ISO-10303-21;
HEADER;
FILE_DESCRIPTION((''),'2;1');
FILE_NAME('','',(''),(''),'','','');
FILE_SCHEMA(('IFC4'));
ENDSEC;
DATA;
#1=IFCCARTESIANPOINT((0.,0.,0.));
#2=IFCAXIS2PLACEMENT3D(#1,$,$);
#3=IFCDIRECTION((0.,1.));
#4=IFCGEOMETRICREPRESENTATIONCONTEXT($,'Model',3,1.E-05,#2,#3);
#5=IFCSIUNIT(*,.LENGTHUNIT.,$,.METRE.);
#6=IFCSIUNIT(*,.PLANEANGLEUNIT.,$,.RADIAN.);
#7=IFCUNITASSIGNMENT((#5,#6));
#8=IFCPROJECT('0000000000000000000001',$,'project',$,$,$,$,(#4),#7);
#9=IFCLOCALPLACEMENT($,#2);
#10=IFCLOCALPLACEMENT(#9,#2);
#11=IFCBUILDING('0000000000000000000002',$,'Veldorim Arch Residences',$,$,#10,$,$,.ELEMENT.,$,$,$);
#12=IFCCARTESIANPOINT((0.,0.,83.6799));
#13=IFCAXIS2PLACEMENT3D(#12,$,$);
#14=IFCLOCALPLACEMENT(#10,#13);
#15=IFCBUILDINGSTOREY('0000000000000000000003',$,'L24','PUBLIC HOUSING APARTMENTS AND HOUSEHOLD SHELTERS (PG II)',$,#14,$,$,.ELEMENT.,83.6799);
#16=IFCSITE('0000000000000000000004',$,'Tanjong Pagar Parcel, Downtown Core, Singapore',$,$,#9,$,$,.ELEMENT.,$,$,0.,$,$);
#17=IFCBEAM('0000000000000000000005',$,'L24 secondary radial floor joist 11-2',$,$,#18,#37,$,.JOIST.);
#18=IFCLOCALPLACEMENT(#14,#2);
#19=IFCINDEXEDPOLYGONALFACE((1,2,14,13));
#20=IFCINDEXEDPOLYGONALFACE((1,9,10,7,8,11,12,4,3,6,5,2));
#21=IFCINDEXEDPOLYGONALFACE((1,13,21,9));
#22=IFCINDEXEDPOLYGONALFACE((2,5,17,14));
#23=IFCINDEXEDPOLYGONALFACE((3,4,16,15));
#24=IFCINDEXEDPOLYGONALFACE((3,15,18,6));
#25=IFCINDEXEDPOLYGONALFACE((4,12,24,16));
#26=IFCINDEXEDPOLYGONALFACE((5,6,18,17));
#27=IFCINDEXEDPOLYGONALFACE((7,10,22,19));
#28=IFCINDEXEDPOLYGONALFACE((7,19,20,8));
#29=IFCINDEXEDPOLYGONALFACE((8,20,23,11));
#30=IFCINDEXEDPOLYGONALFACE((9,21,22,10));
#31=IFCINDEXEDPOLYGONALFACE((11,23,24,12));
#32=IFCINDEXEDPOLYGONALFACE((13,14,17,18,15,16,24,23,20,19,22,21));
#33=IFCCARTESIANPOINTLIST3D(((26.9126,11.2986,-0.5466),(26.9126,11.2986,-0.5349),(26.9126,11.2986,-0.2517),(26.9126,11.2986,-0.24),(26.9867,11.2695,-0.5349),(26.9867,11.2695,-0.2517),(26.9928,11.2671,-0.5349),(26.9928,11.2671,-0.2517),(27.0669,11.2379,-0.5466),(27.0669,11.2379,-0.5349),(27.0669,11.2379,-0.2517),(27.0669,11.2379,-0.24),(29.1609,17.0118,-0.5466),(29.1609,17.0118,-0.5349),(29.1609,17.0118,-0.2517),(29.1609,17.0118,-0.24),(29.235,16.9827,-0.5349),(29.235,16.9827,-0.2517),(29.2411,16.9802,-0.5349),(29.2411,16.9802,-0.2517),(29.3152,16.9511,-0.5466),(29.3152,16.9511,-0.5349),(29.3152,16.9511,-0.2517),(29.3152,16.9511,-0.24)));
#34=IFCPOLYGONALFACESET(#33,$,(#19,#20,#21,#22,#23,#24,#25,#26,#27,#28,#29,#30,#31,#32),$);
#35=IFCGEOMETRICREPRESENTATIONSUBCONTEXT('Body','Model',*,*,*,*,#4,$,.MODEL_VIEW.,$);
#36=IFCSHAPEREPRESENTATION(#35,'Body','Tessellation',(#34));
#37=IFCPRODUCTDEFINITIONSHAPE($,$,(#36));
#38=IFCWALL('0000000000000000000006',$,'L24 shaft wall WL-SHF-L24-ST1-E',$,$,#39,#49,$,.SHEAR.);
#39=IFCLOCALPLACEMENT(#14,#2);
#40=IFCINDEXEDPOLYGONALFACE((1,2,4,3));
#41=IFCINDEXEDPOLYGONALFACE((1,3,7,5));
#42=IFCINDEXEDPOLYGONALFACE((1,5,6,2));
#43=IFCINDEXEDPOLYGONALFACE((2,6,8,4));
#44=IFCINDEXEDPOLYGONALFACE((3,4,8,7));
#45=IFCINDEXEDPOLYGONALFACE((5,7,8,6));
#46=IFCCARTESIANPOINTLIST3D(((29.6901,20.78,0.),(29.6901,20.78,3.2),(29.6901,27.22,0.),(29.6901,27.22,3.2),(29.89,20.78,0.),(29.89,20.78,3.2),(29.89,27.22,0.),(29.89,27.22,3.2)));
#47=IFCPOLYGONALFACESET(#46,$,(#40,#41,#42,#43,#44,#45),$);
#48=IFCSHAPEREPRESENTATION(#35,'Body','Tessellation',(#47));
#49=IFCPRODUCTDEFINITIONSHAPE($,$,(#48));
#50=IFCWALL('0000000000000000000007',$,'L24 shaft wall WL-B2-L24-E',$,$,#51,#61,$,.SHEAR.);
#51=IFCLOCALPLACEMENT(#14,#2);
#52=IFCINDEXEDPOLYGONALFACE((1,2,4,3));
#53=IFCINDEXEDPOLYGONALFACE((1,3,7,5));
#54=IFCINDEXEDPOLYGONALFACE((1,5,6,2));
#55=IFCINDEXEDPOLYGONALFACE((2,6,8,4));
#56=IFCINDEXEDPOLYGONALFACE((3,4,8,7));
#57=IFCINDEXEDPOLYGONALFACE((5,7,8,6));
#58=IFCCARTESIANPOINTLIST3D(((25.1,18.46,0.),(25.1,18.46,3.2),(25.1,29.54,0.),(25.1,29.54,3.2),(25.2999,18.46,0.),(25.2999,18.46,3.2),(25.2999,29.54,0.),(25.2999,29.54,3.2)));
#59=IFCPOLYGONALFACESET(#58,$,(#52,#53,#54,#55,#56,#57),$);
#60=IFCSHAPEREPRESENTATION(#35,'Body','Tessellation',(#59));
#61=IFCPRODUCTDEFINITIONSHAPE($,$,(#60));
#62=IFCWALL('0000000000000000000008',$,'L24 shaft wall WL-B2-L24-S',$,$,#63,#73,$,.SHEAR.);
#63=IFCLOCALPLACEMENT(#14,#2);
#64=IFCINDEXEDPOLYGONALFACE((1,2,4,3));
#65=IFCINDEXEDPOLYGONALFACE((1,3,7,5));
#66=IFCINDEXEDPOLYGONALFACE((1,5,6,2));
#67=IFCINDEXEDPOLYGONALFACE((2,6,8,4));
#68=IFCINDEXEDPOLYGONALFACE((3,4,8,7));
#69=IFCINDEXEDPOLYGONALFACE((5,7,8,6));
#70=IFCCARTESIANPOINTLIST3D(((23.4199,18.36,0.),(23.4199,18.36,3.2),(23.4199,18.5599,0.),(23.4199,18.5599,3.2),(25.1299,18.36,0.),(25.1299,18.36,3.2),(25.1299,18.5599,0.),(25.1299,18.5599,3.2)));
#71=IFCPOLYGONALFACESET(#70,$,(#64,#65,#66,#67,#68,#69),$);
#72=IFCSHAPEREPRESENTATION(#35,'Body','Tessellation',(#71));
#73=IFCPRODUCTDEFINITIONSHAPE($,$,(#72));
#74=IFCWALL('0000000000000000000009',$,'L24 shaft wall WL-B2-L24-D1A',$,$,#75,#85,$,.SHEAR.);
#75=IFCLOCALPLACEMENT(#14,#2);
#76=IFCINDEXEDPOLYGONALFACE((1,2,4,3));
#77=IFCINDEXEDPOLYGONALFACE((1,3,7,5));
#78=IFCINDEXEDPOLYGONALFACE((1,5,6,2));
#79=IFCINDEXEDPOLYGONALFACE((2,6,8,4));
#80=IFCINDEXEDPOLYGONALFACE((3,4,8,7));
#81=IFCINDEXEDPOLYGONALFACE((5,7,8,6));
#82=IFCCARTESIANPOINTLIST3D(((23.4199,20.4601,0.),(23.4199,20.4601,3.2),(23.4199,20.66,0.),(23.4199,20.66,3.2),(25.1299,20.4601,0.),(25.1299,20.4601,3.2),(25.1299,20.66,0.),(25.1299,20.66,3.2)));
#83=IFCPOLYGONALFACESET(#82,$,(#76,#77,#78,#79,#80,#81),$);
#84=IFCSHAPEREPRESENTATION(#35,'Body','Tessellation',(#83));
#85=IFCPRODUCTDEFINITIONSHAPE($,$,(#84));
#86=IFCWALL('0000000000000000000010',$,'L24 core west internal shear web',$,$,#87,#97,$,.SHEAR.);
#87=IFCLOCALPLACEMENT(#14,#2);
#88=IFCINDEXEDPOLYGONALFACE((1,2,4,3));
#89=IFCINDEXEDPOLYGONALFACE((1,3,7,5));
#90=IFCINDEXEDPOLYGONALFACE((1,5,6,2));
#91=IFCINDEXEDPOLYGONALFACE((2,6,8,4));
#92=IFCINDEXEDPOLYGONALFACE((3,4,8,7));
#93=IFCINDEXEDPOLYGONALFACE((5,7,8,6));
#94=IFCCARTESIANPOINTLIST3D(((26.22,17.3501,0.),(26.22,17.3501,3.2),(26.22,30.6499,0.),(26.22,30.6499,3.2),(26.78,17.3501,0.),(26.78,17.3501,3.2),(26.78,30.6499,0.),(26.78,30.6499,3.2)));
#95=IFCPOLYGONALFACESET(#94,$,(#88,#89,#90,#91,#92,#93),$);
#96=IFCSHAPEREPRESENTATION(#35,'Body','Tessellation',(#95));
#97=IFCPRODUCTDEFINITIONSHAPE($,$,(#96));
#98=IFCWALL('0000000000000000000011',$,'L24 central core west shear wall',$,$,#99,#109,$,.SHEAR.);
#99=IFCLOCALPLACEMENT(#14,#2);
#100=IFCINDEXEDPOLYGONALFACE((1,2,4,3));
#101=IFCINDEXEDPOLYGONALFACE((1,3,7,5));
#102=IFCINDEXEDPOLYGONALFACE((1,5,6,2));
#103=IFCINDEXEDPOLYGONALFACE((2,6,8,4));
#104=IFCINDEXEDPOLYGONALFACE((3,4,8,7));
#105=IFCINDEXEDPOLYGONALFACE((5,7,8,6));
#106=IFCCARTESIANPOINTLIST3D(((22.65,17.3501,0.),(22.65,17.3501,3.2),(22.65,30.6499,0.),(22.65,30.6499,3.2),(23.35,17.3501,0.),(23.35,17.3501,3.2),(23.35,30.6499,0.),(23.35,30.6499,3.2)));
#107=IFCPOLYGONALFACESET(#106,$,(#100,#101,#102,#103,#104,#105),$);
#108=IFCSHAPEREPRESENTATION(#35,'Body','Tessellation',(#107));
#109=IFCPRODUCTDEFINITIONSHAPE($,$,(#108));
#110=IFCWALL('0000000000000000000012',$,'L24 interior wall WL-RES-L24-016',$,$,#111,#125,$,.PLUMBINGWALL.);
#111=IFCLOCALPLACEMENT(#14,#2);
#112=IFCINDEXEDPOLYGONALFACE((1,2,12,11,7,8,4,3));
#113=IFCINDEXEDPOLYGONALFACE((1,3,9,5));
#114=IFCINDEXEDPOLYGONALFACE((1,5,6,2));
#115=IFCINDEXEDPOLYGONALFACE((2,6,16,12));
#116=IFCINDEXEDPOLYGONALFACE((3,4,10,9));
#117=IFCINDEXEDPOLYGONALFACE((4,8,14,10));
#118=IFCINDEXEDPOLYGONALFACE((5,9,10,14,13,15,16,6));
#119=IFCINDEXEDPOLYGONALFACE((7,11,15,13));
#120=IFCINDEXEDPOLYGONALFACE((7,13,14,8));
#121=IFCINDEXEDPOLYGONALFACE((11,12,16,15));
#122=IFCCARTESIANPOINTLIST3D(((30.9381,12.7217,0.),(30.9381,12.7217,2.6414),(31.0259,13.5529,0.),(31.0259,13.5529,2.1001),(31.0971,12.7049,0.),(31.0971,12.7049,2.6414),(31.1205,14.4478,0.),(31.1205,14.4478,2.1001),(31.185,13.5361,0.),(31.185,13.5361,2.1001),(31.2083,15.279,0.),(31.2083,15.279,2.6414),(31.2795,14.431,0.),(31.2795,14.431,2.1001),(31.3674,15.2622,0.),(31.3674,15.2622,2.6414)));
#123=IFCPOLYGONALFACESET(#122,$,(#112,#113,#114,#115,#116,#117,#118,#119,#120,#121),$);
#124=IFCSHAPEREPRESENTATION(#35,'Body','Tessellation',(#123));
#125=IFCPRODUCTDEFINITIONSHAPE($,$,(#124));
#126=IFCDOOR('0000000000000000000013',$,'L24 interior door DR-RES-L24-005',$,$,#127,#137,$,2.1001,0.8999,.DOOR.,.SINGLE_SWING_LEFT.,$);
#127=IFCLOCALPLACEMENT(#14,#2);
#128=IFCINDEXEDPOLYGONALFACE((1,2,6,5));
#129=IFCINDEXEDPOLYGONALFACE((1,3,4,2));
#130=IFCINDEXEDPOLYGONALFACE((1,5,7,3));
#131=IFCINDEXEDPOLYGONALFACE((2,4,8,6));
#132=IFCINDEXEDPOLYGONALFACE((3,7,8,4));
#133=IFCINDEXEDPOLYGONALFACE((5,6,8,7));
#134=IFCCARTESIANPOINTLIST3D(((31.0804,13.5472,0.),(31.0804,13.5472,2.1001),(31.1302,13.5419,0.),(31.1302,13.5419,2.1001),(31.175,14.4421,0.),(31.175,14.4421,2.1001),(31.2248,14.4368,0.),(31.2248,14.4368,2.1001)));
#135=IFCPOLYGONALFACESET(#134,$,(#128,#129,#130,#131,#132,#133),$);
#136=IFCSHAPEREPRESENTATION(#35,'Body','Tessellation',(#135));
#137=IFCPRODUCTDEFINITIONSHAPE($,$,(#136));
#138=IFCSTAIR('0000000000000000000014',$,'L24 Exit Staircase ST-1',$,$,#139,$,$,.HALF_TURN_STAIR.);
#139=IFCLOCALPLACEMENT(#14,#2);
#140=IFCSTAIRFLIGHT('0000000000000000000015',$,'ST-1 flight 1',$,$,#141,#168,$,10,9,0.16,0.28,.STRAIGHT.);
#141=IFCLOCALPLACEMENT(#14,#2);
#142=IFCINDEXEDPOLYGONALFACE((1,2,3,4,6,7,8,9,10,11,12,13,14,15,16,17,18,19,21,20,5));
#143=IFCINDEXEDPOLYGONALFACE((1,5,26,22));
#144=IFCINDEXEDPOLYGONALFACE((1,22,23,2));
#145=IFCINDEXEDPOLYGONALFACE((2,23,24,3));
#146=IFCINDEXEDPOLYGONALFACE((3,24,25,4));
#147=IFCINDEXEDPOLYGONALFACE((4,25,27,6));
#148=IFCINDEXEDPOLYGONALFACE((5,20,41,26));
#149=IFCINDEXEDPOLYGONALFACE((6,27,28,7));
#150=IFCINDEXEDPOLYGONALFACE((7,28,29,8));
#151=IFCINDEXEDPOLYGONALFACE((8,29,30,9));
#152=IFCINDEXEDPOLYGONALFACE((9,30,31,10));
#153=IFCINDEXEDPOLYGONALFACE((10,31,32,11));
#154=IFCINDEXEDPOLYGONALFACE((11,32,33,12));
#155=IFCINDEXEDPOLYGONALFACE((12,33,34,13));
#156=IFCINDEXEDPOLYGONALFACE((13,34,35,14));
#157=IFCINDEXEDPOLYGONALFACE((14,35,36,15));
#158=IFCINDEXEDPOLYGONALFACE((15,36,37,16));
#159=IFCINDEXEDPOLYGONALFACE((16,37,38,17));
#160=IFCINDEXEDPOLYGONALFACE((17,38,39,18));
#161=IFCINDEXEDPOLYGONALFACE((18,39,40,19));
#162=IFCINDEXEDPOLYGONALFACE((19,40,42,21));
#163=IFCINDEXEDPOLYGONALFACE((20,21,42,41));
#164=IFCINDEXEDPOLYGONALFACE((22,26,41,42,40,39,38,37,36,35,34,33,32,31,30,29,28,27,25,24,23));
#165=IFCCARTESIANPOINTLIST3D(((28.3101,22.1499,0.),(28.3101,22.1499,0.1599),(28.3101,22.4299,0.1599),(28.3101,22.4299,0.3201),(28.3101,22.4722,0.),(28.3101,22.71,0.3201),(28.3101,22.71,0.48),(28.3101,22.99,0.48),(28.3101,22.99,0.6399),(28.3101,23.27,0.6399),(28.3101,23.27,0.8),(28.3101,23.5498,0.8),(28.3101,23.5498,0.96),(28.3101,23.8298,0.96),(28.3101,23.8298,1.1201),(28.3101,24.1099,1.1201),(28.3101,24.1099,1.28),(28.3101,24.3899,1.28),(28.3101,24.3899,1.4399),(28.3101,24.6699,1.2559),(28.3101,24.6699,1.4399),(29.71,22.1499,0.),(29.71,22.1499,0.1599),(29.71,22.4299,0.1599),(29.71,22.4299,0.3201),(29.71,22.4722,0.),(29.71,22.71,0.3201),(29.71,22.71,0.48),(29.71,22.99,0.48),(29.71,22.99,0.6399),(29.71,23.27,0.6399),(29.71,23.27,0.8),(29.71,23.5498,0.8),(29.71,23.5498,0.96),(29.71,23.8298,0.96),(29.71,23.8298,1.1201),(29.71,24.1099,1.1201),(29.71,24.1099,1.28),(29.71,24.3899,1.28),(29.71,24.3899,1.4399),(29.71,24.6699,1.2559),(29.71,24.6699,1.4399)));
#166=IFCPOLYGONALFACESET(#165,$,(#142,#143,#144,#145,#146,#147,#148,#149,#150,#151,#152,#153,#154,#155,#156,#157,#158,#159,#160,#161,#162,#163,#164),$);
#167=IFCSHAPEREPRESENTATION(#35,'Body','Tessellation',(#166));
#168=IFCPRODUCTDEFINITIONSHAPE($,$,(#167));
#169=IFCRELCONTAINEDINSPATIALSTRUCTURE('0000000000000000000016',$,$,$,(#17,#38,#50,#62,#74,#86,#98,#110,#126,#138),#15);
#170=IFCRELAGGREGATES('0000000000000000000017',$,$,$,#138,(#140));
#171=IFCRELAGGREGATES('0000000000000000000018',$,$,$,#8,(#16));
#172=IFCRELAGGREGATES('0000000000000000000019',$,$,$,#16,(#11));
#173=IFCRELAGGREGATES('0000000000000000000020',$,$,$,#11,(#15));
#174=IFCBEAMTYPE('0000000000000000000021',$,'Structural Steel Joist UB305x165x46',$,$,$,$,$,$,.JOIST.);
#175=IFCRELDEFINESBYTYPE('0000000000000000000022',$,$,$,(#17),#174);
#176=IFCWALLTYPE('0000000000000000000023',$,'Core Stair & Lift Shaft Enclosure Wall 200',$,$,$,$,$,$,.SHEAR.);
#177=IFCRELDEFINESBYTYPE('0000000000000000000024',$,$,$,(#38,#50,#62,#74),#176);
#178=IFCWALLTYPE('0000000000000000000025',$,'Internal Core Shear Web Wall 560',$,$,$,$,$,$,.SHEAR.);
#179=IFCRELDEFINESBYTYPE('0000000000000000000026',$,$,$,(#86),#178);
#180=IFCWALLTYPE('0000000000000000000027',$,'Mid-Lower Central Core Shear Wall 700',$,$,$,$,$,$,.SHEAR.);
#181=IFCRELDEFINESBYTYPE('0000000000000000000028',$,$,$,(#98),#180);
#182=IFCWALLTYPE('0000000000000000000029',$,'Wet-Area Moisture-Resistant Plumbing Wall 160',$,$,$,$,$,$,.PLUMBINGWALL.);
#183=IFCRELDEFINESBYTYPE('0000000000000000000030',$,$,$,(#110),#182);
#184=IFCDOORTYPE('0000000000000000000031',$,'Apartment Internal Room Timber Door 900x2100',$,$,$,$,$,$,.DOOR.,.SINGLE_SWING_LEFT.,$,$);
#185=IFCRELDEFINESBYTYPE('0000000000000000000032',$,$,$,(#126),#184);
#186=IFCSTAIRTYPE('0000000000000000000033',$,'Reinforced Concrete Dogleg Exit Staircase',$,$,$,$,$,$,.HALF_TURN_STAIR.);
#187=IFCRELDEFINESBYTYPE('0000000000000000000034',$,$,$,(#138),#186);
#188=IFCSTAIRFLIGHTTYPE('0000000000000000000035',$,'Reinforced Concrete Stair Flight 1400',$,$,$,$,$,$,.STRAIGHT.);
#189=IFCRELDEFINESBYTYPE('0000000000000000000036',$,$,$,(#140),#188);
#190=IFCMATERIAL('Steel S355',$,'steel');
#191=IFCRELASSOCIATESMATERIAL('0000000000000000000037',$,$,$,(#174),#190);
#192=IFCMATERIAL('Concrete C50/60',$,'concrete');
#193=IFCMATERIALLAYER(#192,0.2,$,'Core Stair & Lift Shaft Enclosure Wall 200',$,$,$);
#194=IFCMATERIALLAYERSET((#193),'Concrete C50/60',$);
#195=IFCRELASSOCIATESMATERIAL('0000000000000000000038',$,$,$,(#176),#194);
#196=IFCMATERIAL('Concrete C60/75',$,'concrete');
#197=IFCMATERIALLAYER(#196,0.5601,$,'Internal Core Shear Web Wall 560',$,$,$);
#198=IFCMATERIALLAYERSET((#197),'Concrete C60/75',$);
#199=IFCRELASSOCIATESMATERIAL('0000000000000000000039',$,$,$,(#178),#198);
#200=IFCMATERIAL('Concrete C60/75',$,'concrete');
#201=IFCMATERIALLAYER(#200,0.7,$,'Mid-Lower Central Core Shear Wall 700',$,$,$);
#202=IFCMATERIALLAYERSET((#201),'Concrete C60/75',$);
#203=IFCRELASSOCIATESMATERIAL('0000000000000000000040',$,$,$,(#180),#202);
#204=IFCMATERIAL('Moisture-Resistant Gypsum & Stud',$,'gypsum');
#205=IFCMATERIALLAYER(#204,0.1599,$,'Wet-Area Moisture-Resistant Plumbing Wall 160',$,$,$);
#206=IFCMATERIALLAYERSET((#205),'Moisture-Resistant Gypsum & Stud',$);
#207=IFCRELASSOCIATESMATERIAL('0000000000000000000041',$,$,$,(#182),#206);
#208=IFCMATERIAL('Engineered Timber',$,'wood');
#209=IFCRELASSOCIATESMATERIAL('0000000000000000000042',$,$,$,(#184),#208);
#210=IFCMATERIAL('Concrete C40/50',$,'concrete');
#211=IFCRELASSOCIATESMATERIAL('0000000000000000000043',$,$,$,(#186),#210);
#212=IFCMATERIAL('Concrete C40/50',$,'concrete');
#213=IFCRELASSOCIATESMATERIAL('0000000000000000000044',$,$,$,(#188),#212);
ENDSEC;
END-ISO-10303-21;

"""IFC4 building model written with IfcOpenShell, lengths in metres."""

from ifc_helpers import new_model, si_unit, direction, frame, frame_2d, origin, origin_2d, place, context, subcontext, project, spatial, polyline, rectangle, i_section, outline, extrude, material, layer, layer_set, material_profile, profile_set, type_object, element, fill, aggregate, save


model = new_model("IFC4")

# Units and contexts
model_context = context("Model", 3, precision=1e-05, world=origin(), true_north=direction((0.0, 1.0)))
body_context = subcontext(model_context, "Body", "Model", "MODEL_VIEW")
ifc_project = project(units=[si_unit("LENGTHUNIT", "METRE"), si_unit("PLANEANGLEUNIT", "RADIAN")], contexts=[model_context])

# Site, building, storey
site_placement = place(None, origin())
site = spatial("IfcSite", under=ifc_project, at=site_placement, Name="Tanjong Pagar Parcel, Downtown Core, Singapore", CompositionType="ELEMENT", RefElevation=0.0)
building_placement = place(site_placement, origin())
building = spatial("IfcBuilding", under=site, at=building_placement, Name="Veldorim Arch Residences", CompositionType="ELEMENT")
storey_placement = place(building_placement, frame((0.0, 0.0, 83.6799)))
storey = spatial("IfcBuildingStorey", under=building, at=storey_placement, Name="L24", Description="PUBLIC HOUSING APARTMENTS AND HOUSEHOLD SHELTERS (PG II)", CompositionType="ELEMENT", Elevation=83.6799)

# Beam
ifc_material_1 = material(Name="Steel S355", Category="steel")
ifc_material_profile_1 = material_profile(ifc_material_1, i_section(OverallWidth=0.1658, OverallDepth=0.3066, WebThickness=0.0066, FlangeThickness=0.0117, at=origin_2d()), Name="UB305x165x46")
ifc_profile_set_1 = profile_set([ifc_material_profile_1], Name="Steel S355")
beam_type_1 = type_object("IfcBeamType", Name="Structural Steel Joist UB305x165x46", PredefinedType="JOIST", material=ifc_profile_set_1)
beam_1_placement = place(storey_placement, frame((29.238, 16.9814, -0.3933), z_axis=(-0.366195, -0.930538, 0.0), x_axis=(0.930538, -0.366195, 0.0)))
element("IfcBeam", 1, at=beam_1_placement, inside=storey, type_object=beam_type_1, Name="L24 secondary radial floor joist 11-2", PredefinedType="JOIST", context=body_context, shape_type="SweptSolid", body=[
    extrude(i_section(OverallWidth=0.1658, OverallDepth=0.3066, WebThickness=0.0066, FlangeThickness=0.0117, at=origin_2d()), origin(), (0.0, 0.0, 1.0), 6.1396),
])

# Wall
ifc_material_2 = material(Name="Concrete C50/60", Category="concrete")
ifc_layer_1 = layer(ifc_material_2, 0.2, Name="Core Stair & Lift Shaft Enclosure Wall 200")
ifc_layer_set_1 = layer_set([ifc_layer_1], Name="Concrete C50/60")
wall_type_1 = type_object("IfcWallType", Name="Core Stair & Lift Shaft Enclosure Wall 200", PredefinedType="SHEAR", material=ifc_layer_set_1)
wall_1_placement = place(storey_placement, frame((29.79, 20.78, 0.0), z_axis=(0.0, 0.0, 1.0), x_axis=(0.0, 1.0, 0.0)))
element("IfcWall", 2, at=wall_1_placement, inside=storey, type_object=wall_type_1, Name="L24 shaft wall WL-SHF-L24-ST1-E", PredefinedType="SHEAR", context=body_context, shape_type="SweptSolid", body=[
    extrude(rectangle(XDim=6.4399, YDim=0.2, at=frame_2d((3.22, 0.0))), origin(), (0.0, 0.0, 1.0), 3.2),
])

# Walls
wall_2_placement = place(storey_placement, frame((25.2, 18.46, 0.0), z_axis=(0.0, 0.0, 1.0), x_axis=(0.0, 1.0, 0.0)))
element("IfcWall", 3, at=wall_2_placement, inside=storey, type_object=wall_type_1, Name="L24 shaft wall WL-B2-L24-E", PredefinedType="SHEAR", context=body_context, shape_type="SweptSolid", body=[
    extrude(rectangle(XDim=11.0801, YDim=0.2, at=frame_2d((5.54, 0.0))), origin(), (0.0, 0.0, 1.0), 3.2),
])
for number, where, z_axis, x_axis, name in (
    (4, (23.4199, 18.46, 0.0), (0.0, 0.0, 1.0), (1.0, 0.0, 0.0), "L24 shaft wall WL-B2-L24-S"),
    (5, (23.4199, 20.5601, 0.0), (0.0, 0.0, 1.0), (1.0, 0.0, 0.0), "L24 shaft wall WL-B2-L24-D1A"),
):
    element("IfcWall", number, at=place(storey_placement, frame(where, z_axis=z_axis, x_axis=x_axis)), inside=storey, type_object=wall_type_1, Name=name, PredefinedType="SHEAR", context=body_context, shape_type="SweptSolid", body=[
        extrude(rectangle(XDim=1.71, YDim=0.2, at=frame_2d((0.855, 0.0))), origin(), (0.0, 0.0, 1.0), 3.2),
    ])
ifc_material_3 = material(Name="Concrete C60/75", Category="concrete")
ifc_layer_2 = layer(ifc_material_3, 0.5601, Name="Internal Core Shear Web Wall 560")
ifc_layer_set_2 = layer_set([ifc_layer_2], Name="Concrete C60/75")
wall_type_2 = type_object("IfcWallType", Name="Internal Core Shear Web Wall 560", PredefinedType="SHEAR", material=ifc_layer_set_2)
wall_3_placement = place(storey_placement, frame((26.5, 17.3501, 0.0), z_axis=(0.0, 0.0, 1.0), x_axis=(0.0, 1.0, 0.0)))
element("IfcWall", 6, at=wall_3_placement, inside=storey, type_object=wall_type_2, Name="L24 core west internal shear web", PredefinedType="SHEAR", context=body_context, shape_type="SweptSolid", body=[
    extrude(rectangle(XDim=13.2998, YDim=0.5601, at=frame_2d((6.6499, 0.0))), origin(), (0.0, 0.0, 1.0), 3.2),
])

# Shared definitions
ifc_material_4 = material(Name="Concrete C60/75", Category="concrete")
ifc_layer_3 = layer(ifc_material_4, 0.7, Name="Mid-Lower Central Core Shear Wall 700")
ifc_layer_set_3 = layer_set([ifc_layer_3], Name="Concrete C60/75")
wall_type_3 = type_object("IfcWallType", Name="Mid-Lower Central Core Shear Wall 700", PredefinedType="SHEAR", material=ifc_layer_set_3)

# Wall
wall_4_placement = place(storey_placement, frame((23.0, 17.3501, 0.0), z_axis=(0.0, 0.0, 1.0), x_axis=(0.0, 1.0, 0.0)))
element("IfcWall", 7, at=wall_4_placement, inside=storey, type_object=wall_type_3, Name="L24 central core west shear wall", PredefinedType="SHEAR", context=body_context, shape_type="SweptSolid", body=[
    extrude(rectangle(XDim=13.2998, YDim=0.7, at=frame_2d((6.6499, 0.0))), origin(), (0.0, 0.0, 1.0), 3.2),
])

# Wall, opening, door
ifc_material_5 = material(Name="Moisture-Resistant Gypsum & Stud", Category="gypsum")
ifc_layer_4 = layer(ifc_material_5, 0.1599, Name="Wet-Area Moisture-Resistant Plumbing Wall 160")
ifc_layer_set_4 = layer_set([ifc_layer_4], Name="Moisture-Resistant Gypsum & Stud")
wall_type_4 = type_object("IfcWallType", Name="Wet-Area Moisture-Resistant Plumbing Wall 160", PredefinedType="PLUMBINGWALL", material=ifc_layer_set_4)
wall_5_placement = place(storey_placement, frame((31.2878, 15.2705, 0.0), z_axis=(0.0, 0.0, 1.0), x_axis=(-0.105095, -0.994462, 0.0)))
wall_5 = element("IfcWall", 8, at=wall_5_placement, inside=storey, type_object=wall_type_4, Name="L24 interior wall WL-RES-L24-016", PredefinedType="PLUMBINGWALL", context=body_context, shape_type="SweptSolid", body=[
    extrude(rectangle(XDim=2.5715, YDim=0.1599, at=frame_2d((1.2856, 0.0))), origin(), (0.0, 0.0, 1.0), 2.6414),
])
opening_1_placement = place(wall_5_placement, frame((0.8357, 0.0, 0.0)))
opening_1 = element("IfcOpeningElement", 9, at=opening_1_placement, cuts=wall_5, PredefinedType="OPENING", context=body_context, shape_type="SweptSolid", body=[
    extrude(rectangle(XDim=0.8999, YDim=2.1001, at=frame_2d((0.45, 1.05))), frame((0.0, 0.0898, 0.0), z_axis=(0.0, -1.0, 0.0), x_axis=(1.0, 0.0, 0.0)), (0.0, 0.0, 1.0), 0.1799),
])
ifc_material_6 = material(Name="Engineered Timber", Category="wood")
door_type_1 = type_object("IfcDoorType", Name="Apartment Internal Room Timber Door 900x2100", OperationType="SINGLE_SWING_LEFT", PredefinedType="DOOR", material=ifc_material_6)
door_1_placement = place(opening_1_placement, origin())
door_1 = element("IfcDoor", 10, at=door_1_placement, inside=storey, type_object=door_type_1, Name="L24 interior door DR-RES-L24-005", OperationType="SINGLE_SWING_LEFT", OverallHeight=2.1001, OverallWidth=0.8999, PredefinedType="DOOR", context=body_context, shape_type="SweptSolid", body=[
    extrude(rectangle(XDim=0.8999, YDim=2.1001, at=frame_2d((0.45, 1.05))), frame((0.0, 0.0249, 0.0), z_axis=(0.0, -1.0, 0.0), x_axis=(1.0, 0.0, 0.0)), (0.0, 0.0, 1.0), 0.05),
])
fill(opening_1, door_1)

# Stair, stair flight
ifc_material_7 = material(Name="Concrete C40/50", Category="concrete")
stair_type = type_object("IfcStairType", Name="Reinforced Concrete Dogleg Exit Staircase", PredefinedType="HALF_TURN_STAIR", material=ifc_material_7)
stair_placement = place(storey_placement, origin())
stair = element("IfcStair", 11, at=stair_placement, inside=storey, type_object=stair_type, Name="L24 Exit Staircase ST-1", PredefinedType="HALF_TURN_STAIR")
ifc_material_8 = material(Name="Concrete C40/50", Category="concrete")
stair_flight_type = type_object("IfcStairFlightType", Name="Reinforced Concrete Stair Flight 1400", PredefinedType="STRAIGHT", material=ifc_material_8)
stair_flight_placement = place(storey_placement, frame((29.01, 22.1499, 0.0), z_axis=(0.0, 0.0, 1.0), x_axis=(0.0, 1.0, 0.0)))
stair_flight = element("IfcStairFlight", 12, at=stair_flight_placement, type_object=stair_flight_type, Name="ST-1 flight 1", NumberOfRisers=10, NumberOfTreads=9, PredefinedType="STRAIGHT", RiserHeight=0.16, TreadLength=0.28, context=body_context, shape_type="SweptSolid", body=[
    extrude(outline(polyline([(0.0, 0.0), (0.0, 0.1599), (0.28, 0.1599), (0.28, 0.3201), (0.5601, 0.3201), (0.5601, 0.48), (0.8401, 0.48), (0.8401, 0.6399), (1.1201, 0.6399), (1.1201, 0.8), (1.3999, 0.8), (1.3999, 0.96), (1.6799, 0.96), (1.6799, 1.1201), (1.96, 1.1201), (1.96, 1.28), (2.24, 1.28), (2.24, 1.4399), (2.52, 1.4399), (2.52, 1.6001), (2.52, 1.2559), (0.3223, 0.0), (0.0, 0.0)])), frame((0.0, 0.7, 0.0), z_axis=(0.0, -1.0, 0.0), x_axis=(1.0, 0.0, 0.0)), (0.0, 0.0, 1.0), 1.3999),
])
aggregate(stair, [stair_flight])

save(model, "model.ifc")
